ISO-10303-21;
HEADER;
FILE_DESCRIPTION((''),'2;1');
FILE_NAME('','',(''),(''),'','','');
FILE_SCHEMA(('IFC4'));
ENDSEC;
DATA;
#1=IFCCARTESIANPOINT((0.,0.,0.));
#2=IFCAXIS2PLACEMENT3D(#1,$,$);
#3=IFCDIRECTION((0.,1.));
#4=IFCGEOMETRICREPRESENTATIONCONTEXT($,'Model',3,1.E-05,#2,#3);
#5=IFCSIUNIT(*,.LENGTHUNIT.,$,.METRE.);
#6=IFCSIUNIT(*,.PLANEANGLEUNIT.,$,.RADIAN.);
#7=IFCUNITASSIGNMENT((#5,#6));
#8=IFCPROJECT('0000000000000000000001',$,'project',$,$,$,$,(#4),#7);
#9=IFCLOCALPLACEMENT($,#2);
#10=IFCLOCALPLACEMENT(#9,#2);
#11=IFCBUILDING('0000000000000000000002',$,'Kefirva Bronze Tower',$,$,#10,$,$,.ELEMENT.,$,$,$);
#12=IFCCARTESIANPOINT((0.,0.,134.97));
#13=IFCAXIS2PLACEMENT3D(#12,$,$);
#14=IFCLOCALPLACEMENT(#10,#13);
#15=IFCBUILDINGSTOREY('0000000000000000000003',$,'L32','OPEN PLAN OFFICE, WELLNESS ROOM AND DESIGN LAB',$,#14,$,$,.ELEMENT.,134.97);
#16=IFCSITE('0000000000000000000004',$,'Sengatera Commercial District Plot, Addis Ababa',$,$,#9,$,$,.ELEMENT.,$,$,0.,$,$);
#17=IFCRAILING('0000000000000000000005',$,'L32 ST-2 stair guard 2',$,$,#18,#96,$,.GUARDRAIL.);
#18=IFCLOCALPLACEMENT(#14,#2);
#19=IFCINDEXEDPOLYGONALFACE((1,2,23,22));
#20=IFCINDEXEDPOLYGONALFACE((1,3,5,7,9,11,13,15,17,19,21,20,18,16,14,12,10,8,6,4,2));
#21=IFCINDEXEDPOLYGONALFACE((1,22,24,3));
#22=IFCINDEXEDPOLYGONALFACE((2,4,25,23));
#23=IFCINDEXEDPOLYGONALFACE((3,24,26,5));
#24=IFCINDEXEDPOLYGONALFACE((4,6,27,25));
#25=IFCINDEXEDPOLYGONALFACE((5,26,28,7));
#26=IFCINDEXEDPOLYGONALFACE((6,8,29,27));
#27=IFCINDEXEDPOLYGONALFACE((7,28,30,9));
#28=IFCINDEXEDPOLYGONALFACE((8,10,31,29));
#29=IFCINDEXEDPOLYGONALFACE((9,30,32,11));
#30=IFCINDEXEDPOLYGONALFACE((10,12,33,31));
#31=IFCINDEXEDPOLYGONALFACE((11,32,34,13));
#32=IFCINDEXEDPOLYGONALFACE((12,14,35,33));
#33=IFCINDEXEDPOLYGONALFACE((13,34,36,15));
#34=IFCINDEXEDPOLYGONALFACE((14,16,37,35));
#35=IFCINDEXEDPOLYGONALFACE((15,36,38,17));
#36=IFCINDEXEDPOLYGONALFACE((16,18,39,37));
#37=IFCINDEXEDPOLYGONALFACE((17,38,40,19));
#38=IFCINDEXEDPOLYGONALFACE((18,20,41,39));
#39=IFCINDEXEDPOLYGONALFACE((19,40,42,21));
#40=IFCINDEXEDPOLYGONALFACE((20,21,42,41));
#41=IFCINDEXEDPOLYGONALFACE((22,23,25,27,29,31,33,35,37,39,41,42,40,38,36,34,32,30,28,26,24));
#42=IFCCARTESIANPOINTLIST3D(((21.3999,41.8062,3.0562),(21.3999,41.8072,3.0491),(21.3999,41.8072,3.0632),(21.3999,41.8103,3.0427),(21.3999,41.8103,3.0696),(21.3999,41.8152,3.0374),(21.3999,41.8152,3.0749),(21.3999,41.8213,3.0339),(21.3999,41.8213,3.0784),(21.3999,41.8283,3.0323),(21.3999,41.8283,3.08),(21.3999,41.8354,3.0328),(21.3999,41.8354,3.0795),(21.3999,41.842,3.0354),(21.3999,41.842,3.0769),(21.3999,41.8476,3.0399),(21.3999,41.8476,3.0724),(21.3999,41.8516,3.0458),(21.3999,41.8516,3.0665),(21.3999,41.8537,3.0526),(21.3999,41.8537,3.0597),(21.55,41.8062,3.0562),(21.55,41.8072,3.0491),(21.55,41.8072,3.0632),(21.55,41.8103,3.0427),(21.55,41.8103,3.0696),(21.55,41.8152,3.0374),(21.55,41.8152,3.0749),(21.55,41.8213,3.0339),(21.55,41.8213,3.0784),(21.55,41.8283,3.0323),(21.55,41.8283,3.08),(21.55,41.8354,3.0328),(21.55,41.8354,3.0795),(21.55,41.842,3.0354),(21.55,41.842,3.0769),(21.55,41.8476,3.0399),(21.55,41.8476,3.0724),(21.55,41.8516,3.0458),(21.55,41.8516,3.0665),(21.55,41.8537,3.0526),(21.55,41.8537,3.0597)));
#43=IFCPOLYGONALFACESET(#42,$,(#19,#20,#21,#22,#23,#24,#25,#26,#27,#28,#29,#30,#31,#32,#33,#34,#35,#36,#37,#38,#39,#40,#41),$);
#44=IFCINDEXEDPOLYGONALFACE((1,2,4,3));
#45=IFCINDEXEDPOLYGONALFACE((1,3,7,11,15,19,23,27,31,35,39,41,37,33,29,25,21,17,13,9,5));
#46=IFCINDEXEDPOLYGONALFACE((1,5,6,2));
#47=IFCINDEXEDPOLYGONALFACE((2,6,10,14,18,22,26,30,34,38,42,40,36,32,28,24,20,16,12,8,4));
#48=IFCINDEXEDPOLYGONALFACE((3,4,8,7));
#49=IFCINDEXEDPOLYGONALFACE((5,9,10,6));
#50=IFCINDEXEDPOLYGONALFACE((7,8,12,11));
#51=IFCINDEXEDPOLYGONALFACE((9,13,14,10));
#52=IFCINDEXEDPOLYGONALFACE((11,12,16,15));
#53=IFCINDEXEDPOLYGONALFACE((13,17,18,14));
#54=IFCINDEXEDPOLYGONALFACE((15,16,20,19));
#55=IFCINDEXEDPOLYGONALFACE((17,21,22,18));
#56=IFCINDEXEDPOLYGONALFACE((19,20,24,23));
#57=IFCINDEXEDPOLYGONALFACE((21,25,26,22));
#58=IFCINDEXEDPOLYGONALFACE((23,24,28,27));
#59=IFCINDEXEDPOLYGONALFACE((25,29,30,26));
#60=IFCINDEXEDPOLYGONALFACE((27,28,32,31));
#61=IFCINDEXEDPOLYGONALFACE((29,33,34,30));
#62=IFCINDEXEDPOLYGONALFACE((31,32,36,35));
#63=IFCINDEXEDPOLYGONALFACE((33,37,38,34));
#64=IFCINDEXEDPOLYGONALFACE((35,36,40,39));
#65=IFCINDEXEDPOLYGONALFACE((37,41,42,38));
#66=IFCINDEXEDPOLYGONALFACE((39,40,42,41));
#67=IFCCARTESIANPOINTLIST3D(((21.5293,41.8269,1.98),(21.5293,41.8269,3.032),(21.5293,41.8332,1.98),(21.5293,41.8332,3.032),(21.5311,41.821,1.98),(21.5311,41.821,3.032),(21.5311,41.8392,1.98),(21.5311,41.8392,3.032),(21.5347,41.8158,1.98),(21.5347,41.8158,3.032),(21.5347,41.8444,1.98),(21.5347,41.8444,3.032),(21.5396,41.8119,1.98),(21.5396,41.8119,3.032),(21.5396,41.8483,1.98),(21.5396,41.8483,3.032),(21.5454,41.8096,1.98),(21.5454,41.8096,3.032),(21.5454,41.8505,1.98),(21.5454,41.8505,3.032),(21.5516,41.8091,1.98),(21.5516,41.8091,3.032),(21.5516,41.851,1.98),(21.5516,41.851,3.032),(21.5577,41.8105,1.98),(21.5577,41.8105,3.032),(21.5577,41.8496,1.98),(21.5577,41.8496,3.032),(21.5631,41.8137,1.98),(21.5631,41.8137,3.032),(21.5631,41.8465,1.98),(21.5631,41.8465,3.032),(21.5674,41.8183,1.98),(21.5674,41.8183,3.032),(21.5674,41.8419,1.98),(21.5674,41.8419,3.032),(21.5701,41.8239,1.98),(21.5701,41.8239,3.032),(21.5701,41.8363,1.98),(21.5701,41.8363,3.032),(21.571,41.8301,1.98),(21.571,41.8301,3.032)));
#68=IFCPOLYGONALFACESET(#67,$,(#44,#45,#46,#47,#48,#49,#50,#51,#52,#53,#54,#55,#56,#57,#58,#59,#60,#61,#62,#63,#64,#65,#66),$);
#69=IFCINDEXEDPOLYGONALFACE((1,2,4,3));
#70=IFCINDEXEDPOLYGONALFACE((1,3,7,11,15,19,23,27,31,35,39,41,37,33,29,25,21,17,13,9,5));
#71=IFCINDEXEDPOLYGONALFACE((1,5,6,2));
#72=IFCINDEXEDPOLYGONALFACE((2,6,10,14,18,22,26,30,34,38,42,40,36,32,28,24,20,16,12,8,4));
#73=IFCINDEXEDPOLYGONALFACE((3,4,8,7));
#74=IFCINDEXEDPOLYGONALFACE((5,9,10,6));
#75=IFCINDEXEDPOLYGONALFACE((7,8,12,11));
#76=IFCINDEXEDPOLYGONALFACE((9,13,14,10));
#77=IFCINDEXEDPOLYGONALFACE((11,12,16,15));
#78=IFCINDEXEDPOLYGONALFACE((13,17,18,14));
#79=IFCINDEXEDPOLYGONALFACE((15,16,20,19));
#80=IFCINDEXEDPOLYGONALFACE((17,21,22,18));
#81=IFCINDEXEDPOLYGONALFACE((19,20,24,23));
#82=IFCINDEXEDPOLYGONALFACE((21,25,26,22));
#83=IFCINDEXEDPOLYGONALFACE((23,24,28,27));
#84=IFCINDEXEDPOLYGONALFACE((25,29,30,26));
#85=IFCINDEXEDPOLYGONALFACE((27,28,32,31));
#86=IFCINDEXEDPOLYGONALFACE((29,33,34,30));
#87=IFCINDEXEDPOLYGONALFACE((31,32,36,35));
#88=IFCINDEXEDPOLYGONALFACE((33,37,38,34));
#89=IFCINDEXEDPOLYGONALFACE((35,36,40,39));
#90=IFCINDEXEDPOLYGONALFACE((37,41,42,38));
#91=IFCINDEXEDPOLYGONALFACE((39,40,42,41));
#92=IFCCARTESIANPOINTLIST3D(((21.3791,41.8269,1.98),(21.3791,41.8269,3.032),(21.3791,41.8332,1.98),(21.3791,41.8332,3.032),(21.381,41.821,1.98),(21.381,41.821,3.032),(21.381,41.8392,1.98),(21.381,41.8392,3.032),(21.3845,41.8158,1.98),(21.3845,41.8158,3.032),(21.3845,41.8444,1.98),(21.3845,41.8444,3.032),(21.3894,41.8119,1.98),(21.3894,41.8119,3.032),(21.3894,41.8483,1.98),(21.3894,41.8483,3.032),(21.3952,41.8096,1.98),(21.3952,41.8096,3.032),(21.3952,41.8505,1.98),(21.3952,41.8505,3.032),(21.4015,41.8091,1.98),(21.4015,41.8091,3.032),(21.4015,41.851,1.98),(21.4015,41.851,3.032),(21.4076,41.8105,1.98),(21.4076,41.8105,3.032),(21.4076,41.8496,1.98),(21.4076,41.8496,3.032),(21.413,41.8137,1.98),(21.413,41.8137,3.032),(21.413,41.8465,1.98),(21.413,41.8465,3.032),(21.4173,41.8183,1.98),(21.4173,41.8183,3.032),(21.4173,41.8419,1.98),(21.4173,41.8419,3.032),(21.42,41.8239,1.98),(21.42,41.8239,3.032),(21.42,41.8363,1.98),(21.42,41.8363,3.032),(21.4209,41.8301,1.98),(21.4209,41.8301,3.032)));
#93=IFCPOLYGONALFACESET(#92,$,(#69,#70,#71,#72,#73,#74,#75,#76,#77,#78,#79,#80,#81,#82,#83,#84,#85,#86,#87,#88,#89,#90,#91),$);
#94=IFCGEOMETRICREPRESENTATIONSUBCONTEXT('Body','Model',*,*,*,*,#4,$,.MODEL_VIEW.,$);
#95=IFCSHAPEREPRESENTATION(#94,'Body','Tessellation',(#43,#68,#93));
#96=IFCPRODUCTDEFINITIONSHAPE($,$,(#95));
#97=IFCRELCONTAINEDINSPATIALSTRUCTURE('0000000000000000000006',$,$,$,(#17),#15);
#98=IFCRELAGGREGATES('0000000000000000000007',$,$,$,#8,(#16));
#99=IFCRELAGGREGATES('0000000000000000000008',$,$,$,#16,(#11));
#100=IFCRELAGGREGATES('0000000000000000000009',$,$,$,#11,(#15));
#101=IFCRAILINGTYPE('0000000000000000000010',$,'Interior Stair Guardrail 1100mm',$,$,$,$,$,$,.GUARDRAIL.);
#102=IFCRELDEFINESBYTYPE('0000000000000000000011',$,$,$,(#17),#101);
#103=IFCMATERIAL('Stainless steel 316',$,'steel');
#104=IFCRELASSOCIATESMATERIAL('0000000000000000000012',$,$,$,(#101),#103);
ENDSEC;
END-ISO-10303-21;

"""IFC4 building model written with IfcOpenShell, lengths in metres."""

from ifc_helpers import new_model, si_unit, direction, frame, origin, origin_2d, place, context, subcontext, project, spatial, circle, extrude, material, type_object, element, save


model = new_model("IFC4")

# Units and contexts
model_context = context("Model", 3, precision=1e-05, world=origin(), true_north=direction((0.0, 1.0)))
body_context = subcontext(model_context, "Body", "Model", "MODEL_VIEW")
ifc_project = project(units=[si_unit("LENGTHUNIT", "METRE"), si_unit("PLANEANGLEUNIT", "RADIAN")], contexts=[model_context])

# Site, building, storey
site_placement = place(None, origin())
site = spatial("IfcSite", under=ifc_project, at=site_placement, Name="Sengatera Commercial District Plot, Addis Ababa", CompositionType="ELEMENT", RefElevation=0.0)
building_placement = place(site_placement, origin())
building = spatial("IfcBuilding", under=site, at=building_placement, Name="Kefirva Bronze Tower", CompositionType="ELEMENT")
storey_placement = place(building_placement, frame((0.0, 0.0, 134.97)))
storey = spatial("IfcBuildingStorey", under=building, at=storey_placement, Name="L32", Description="OPEN PLAN OFFICE, WELLNESS ROOM AND DESIGN LAB", CompositionType="ELEMENT", Elevation=134.97)

# Railing
ifc_material_1 = material(Name="Stainless steel 316", Category="steel")
railing_type_1 = type_object("IfcRailingType", Name="Interior Stair Guardrail 1100mm", PredefinedType="GUARDRAIL", material=ifc_material_1)
railing_1_placement = place(storey_placement, frame((21.55, 41.8301, 1.98)))
element("IfcRailing", 1, at=railing_1_placement, inside=storey, type_object=railing_type_1, Name="L32 ST-2 stair guard 2", PredefinedType="GUARDRAIL", context=body_context, shape_type="SweptSolid", body=[
    extrude(circle(Radius=0.0239, at=origin_2d()), frame((0.0, 0.0, 1.0762), z_axis=(-1.0, 0.0, 0.0), x_axis=(0.0, -1.0, 0.0)), (0.0, 0.0, 1.0), 0.1501),
    extrude(circle(Radius=0.021, at=origin_2d()), origin(), (0.0, 0.0, 1.0), 1.052),
    extrude(circle(Radius=0.021, at=origin_2d()), frame((-0.1501, 0.0, 0.0)), (0.0, 0.0, 1.0), 1.052),
])

save(model, "model.ifc")
